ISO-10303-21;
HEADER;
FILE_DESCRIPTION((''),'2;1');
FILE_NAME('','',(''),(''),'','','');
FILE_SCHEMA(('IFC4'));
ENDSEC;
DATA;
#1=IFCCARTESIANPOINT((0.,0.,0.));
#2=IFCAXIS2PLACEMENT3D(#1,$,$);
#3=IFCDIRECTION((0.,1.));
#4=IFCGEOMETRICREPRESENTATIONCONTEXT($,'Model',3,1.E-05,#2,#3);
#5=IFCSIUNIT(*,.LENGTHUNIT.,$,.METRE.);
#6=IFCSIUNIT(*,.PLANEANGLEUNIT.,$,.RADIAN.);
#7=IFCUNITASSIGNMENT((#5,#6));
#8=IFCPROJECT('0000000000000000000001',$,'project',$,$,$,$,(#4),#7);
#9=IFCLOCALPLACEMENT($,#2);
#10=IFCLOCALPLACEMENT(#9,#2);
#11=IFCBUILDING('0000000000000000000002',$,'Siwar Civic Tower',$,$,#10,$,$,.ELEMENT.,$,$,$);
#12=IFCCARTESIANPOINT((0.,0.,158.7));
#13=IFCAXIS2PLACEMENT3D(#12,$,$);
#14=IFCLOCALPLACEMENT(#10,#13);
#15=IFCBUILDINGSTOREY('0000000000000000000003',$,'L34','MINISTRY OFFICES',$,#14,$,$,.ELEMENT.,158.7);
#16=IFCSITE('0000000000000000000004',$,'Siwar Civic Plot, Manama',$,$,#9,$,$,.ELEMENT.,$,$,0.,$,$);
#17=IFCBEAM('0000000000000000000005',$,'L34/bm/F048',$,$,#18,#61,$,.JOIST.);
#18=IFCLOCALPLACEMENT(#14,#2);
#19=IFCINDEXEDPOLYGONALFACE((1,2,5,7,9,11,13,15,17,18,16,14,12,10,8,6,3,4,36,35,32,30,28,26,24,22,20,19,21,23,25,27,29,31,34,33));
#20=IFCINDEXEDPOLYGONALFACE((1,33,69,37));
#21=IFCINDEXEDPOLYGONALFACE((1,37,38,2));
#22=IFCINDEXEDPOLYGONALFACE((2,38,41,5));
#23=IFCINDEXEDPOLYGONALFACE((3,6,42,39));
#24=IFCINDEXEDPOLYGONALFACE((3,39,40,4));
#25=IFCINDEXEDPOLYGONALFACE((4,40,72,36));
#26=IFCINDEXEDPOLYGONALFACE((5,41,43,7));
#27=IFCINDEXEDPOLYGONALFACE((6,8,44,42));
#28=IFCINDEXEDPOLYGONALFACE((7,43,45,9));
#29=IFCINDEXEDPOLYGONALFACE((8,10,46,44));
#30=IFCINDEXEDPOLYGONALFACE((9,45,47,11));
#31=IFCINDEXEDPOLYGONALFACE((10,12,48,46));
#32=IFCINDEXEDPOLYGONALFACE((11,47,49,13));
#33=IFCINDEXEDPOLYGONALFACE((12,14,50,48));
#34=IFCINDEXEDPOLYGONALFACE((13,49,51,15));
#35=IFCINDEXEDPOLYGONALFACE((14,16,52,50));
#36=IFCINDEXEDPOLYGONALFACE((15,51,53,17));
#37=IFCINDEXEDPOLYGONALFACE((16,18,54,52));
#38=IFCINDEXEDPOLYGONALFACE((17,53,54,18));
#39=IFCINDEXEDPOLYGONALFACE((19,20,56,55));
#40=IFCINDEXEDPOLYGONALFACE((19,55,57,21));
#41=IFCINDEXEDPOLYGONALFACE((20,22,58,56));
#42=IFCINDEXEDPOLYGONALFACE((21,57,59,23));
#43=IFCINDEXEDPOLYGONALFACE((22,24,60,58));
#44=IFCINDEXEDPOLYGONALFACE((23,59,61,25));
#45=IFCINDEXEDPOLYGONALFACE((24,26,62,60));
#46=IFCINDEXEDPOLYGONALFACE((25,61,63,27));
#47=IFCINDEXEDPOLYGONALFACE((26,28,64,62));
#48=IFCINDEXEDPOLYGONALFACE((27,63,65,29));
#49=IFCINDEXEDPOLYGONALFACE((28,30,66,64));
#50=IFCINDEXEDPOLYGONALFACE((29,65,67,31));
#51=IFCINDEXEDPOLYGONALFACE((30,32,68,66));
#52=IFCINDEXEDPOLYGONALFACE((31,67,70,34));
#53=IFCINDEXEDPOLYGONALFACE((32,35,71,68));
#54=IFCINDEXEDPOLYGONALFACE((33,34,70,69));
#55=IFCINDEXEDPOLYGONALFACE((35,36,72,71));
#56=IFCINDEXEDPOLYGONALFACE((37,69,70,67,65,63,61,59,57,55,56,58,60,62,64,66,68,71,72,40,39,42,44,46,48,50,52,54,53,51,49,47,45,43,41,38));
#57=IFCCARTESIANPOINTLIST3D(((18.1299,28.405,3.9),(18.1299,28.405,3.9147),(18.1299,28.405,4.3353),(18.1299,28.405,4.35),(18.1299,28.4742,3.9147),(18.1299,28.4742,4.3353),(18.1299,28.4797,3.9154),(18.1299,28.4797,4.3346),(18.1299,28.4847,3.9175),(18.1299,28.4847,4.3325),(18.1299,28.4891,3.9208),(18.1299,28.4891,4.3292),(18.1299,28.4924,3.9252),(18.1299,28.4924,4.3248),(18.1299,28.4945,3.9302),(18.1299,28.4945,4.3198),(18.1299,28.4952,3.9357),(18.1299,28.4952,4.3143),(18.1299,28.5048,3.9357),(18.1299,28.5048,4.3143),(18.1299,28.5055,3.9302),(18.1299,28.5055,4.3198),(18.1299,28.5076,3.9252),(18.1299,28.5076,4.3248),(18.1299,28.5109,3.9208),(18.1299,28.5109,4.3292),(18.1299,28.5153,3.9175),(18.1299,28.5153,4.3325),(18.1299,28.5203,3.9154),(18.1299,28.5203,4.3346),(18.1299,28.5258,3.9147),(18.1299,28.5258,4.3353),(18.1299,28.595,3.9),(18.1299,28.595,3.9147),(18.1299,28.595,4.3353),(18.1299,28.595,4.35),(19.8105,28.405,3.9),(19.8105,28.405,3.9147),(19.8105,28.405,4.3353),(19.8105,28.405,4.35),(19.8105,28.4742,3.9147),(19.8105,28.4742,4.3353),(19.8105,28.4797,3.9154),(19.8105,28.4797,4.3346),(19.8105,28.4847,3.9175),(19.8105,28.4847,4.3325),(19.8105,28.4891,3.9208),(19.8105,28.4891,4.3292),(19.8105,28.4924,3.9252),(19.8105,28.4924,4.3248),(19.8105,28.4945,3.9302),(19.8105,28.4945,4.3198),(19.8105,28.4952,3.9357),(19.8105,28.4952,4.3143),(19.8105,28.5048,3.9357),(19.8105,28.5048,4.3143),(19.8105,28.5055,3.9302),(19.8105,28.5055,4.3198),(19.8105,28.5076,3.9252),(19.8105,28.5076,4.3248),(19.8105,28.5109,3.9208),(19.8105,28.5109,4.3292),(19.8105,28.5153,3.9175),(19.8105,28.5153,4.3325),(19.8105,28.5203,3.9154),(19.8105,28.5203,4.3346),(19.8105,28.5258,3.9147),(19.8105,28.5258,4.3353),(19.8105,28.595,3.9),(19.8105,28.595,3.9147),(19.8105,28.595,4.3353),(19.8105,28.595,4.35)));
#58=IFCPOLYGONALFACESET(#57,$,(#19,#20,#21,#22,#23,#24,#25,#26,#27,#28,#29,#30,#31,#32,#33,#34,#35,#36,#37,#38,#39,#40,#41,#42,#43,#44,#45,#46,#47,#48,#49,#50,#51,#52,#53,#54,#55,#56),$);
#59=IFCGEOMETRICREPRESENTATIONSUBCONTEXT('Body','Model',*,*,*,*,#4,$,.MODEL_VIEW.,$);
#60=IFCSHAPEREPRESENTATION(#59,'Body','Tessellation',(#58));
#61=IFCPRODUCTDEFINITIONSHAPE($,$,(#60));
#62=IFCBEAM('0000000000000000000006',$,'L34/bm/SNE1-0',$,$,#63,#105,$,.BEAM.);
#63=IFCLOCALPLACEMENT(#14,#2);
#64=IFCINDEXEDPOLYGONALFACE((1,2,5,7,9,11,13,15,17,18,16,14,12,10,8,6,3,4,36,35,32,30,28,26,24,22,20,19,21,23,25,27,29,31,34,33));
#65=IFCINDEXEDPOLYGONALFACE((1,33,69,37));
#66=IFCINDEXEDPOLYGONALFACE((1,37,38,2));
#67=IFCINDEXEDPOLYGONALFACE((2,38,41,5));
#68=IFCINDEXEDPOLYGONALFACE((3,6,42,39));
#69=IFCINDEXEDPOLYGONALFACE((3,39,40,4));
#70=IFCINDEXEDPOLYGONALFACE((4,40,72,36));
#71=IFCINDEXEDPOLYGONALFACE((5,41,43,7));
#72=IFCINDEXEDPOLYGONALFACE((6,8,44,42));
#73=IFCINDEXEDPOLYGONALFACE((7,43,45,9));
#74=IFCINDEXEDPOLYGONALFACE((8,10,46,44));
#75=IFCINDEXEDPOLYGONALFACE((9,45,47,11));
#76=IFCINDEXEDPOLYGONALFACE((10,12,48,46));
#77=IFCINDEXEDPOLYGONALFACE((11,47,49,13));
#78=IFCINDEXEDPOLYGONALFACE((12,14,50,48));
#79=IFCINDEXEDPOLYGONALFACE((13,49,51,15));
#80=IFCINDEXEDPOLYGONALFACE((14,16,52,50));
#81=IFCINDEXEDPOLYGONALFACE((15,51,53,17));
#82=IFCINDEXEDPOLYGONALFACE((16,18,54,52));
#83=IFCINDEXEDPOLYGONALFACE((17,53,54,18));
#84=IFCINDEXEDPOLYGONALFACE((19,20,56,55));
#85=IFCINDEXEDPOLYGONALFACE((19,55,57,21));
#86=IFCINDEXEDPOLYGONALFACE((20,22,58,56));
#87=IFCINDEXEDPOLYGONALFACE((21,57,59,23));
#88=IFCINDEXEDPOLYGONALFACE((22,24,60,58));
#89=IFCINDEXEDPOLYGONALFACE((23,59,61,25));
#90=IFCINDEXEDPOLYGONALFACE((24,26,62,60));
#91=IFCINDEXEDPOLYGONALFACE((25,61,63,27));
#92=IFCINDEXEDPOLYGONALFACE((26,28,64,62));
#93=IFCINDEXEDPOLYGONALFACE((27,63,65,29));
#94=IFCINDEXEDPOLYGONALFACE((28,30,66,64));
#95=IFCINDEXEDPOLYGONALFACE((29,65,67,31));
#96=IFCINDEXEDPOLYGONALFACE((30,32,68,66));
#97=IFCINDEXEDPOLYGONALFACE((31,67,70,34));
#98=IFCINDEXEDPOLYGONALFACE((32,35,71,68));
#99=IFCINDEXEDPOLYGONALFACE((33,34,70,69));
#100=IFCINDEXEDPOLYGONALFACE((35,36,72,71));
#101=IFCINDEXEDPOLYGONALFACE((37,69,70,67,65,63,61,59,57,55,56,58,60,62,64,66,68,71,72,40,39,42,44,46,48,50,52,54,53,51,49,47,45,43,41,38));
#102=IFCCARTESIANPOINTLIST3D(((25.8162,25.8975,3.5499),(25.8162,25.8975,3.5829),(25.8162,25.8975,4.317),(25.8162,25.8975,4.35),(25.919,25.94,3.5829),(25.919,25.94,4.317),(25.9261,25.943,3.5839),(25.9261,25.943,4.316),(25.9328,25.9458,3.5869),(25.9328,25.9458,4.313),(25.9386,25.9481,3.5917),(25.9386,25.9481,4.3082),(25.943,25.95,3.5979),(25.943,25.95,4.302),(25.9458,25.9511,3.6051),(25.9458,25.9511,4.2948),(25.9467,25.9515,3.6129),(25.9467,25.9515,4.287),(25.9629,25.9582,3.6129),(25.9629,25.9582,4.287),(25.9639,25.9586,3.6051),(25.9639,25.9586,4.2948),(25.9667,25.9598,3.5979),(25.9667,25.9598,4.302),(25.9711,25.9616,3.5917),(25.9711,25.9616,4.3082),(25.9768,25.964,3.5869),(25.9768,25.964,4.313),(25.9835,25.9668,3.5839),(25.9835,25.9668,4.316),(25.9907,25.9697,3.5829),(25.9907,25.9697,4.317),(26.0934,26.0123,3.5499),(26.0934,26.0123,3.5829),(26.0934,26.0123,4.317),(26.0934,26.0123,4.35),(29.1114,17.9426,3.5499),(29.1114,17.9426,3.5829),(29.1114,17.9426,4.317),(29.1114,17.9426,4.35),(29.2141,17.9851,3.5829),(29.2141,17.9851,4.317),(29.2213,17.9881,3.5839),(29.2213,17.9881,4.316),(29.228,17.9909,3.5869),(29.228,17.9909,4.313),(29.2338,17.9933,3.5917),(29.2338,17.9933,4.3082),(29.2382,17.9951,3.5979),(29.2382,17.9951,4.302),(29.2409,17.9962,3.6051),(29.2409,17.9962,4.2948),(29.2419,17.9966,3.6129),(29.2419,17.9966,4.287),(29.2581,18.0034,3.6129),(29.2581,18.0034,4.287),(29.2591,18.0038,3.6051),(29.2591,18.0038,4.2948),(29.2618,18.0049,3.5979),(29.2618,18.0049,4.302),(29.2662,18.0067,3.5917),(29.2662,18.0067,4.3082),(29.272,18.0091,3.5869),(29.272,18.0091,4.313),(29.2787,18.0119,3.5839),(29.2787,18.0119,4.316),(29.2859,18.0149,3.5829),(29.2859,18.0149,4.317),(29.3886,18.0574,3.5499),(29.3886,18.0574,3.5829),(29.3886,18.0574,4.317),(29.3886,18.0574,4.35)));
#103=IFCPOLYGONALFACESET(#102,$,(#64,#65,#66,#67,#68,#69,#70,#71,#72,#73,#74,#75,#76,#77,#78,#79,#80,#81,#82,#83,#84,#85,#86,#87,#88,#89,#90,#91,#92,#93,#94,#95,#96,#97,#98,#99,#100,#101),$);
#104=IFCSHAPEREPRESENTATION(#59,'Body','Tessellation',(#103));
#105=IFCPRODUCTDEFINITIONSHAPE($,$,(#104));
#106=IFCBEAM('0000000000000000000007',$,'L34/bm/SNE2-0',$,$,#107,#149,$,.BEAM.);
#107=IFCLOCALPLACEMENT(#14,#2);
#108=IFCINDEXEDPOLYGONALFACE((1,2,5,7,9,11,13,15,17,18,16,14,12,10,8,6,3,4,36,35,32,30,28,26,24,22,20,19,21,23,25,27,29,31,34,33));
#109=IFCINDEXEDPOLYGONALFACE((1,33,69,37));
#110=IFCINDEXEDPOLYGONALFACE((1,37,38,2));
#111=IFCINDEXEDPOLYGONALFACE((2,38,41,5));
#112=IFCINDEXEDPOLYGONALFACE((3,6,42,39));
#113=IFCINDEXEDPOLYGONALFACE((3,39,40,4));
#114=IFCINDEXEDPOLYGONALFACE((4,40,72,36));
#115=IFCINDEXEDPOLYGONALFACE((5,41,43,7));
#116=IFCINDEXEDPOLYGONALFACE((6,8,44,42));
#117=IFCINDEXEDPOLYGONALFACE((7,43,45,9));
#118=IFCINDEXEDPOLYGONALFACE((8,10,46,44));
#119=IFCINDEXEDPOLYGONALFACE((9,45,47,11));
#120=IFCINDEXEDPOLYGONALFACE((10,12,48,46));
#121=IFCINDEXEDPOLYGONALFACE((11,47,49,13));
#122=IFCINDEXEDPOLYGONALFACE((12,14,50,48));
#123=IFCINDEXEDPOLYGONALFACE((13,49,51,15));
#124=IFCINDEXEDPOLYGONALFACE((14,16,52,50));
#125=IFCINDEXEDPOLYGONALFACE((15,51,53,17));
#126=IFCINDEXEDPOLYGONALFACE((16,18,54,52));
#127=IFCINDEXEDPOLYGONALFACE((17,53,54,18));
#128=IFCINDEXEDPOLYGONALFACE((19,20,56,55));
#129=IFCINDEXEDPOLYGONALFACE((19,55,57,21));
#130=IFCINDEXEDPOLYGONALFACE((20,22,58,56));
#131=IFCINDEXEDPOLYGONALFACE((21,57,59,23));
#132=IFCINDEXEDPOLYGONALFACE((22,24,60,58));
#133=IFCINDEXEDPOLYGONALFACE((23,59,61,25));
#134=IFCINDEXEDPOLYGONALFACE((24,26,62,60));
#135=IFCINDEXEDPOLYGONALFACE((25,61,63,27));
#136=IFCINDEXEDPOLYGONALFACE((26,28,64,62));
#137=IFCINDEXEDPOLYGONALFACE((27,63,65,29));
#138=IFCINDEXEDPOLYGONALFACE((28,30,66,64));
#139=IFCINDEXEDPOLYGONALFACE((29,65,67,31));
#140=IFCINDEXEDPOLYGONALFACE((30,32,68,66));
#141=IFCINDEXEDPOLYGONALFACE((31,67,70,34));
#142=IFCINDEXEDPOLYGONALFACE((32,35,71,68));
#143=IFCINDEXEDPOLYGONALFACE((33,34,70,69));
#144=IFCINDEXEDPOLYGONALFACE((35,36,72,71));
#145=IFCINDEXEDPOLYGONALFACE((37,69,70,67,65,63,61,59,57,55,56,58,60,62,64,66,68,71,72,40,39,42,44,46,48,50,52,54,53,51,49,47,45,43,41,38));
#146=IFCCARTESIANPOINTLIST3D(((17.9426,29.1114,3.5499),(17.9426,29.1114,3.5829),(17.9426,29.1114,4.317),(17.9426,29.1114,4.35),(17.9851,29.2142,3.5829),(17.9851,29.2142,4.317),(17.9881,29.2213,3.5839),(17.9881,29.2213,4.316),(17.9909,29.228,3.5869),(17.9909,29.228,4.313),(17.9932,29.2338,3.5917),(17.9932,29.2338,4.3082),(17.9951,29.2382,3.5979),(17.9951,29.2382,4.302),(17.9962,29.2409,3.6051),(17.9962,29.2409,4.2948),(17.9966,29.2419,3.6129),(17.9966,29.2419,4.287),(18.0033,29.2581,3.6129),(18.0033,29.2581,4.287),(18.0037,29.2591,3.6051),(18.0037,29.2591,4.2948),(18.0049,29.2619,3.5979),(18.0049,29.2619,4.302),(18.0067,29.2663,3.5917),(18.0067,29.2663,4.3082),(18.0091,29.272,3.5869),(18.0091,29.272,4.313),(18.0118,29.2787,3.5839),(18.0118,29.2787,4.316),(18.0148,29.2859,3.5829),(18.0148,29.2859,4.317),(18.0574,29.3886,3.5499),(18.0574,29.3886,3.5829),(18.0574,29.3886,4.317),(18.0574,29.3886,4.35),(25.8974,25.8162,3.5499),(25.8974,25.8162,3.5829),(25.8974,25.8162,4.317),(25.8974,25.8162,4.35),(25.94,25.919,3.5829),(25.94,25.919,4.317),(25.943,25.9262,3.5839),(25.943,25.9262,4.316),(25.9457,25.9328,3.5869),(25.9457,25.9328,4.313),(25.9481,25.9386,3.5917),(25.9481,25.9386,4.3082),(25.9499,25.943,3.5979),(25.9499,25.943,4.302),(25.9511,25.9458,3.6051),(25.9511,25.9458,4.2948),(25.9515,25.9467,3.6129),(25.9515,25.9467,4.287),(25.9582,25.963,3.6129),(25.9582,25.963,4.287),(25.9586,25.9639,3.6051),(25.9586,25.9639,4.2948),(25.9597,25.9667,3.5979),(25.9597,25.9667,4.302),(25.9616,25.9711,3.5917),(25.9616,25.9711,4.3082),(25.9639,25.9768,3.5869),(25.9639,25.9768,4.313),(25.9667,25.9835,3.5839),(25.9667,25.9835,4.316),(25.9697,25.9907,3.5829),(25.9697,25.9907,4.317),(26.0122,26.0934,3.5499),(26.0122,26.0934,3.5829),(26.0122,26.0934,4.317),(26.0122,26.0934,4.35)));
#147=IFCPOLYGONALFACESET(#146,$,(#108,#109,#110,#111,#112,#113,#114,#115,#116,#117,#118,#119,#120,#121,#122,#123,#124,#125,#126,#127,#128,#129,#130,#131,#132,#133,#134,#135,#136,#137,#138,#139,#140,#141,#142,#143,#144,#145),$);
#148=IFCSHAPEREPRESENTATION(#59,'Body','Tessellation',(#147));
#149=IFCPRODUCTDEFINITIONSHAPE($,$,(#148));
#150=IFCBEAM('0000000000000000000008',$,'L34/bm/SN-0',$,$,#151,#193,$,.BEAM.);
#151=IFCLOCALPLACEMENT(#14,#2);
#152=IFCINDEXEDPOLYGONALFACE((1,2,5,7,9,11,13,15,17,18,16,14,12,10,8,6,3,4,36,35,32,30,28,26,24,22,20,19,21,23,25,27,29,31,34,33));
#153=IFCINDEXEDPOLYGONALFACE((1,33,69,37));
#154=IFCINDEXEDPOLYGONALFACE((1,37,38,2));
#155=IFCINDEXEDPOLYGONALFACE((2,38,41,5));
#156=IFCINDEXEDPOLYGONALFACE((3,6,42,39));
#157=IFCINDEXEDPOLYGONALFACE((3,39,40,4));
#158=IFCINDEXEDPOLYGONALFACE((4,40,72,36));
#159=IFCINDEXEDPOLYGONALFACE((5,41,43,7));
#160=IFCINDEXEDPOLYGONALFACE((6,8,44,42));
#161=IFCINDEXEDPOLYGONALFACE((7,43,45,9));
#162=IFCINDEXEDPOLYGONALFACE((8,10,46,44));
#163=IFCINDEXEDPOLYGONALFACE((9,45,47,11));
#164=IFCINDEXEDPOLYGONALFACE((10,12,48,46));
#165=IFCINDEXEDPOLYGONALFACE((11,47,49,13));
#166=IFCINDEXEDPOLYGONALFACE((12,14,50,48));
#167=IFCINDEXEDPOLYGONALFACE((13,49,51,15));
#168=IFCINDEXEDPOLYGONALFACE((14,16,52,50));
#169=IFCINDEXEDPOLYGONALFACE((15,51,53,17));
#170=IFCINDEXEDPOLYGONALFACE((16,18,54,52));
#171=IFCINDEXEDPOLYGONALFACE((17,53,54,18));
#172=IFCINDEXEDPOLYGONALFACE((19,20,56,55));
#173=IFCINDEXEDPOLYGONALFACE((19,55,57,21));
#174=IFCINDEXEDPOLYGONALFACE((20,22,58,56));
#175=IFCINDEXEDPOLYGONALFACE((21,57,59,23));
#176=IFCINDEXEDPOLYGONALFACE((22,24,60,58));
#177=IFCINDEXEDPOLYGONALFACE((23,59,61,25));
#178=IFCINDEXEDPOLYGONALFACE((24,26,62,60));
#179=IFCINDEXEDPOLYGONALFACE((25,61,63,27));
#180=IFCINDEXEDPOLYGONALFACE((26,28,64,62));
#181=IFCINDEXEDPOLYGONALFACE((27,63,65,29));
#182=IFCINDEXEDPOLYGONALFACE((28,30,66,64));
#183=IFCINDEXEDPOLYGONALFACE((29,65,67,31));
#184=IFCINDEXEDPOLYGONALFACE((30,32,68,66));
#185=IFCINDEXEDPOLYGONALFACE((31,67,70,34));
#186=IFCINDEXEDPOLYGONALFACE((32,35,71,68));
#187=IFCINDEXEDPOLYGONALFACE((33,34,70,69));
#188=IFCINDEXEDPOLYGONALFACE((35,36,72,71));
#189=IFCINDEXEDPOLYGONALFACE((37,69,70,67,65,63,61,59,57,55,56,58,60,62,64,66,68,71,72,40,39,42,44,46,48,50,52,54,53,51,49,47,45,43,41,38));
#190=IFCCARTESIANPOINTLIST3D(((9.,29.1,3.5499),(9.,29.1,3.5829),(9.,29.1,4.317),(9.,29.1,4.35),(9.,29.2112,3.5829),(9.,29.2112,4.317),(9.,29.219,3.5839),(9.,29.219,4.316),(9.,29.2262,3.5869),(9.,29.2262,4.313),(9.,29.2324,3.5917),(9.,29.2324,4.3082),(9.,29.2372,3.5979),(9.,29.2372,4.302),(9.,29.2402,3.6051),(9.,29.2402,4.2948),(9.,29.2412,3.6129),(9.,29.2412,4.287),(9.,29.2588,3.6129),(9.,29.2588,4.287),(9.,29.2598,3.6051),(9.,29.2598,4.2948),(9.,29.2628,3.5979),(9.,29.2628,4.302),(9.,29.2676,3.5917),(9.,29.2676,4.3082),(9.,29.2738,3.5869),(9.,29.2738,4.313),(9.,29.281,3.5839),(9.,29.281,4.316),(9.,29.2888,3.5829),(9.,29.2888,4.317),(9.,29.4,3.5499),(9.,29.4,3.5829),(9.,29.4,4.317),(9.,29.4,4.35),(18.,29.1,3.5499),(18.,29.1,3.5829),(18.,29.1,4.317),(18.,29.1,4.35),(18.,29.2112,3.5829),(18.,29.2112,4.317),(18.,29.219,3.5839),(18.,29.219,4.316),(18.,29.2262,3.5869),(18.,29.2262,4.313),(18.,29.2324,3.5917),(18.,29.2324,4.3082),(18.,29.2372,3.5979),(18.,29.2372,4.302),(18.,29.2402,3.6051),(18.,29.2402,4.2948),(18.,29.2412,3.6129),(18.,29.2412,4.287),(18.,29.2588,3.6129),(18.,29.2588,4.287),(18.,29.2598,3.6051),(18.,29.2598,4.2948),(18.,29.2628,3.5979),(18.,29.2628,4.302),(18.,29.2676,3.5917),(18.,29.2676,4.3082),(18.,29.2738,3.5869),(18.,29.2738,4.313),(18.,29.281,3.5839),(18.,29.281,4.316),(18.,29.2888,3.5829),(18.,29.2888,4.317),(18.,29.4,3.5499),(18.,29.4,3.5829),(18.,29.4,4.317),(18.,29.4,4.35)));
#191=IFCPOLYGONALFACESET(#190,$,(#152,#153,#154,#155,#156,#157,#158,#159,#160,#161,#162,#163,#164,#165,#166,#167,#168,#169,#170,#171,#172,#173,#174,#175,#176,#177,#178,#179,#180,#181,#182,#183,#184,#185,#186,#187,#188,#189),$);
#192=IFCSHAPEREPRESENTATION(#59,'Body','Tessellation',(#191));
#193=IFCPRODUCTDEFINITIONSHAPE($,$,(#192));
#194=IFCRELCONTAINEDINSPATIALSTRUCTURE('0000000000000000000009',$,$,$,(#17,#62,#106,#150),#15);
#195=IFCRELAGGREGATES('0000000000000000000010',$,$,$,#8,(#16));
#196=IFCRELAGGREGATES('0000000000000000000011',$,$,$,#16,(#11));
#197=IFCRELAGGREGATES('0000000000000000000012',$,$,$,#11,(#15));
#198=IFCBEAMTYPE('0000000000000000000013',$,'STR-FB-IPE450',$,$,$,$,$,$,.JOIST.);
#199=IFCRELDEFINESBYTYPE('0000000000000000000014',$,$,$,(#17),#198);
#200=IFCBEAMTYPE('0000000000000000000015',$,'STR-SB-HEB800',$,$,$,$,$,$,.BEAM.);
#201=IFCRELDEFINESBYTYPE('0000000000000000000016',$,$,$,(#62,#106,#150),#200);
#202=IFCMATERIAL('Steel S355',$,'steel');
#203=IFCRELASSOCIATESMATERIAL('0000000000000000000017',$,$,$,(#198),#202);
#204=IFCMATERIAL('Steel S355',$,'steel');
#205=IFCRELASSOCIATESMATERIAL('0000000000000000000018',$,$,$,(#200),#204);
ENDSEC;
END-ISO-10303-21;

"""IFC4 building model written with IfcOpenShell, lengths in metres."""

from ifc_helpers import new_model, si_unit, direction, frame, origin, origin_2d, place, context, subcontext, project, spatial, i_section, extrude, material, material_profile, profile_set, type_object, element, save


model = new_model("IFC4")

# Units and contexts
model_context = context("Model", 3, precision=1e-05, world=origin(), true_north=direction((0.0, 1.0)))
body_context = subcontext(model_context, "Body", "Model", "MODEL_VIEW")
ifc_project = project(units=[si_unit("LENGTHUNIT", "METRE"), si_unit("PLANEANGLEUNIT", "RADIAN")], contexts=[model_context])

# Site, building, storey
site_placement = place(None, origin())
site = spatial("IfcSite", under=ifc_project, at=site_placement, Name="Siwar Civic Plot, Manama", CompositionType="ELEMENT", RefElevation=0.0)
building_placement = place(site_placement, origin())
building = spatial("IfcBuilding", under=site, at=building_placement, Name="Siwar Civic Tower", CompositionType="ELEMENT")
storey_placement = place(building_placement, frame((0.0, 0.0, 158.7)))
storey = spatial("IfcBuildingStorey", under=building, at=storey_placement, Name="L34", Description="MINISTRY OFFICES", CompositionType="ELEMENT", Elevation=158.7)

# Beams
ifc_material_1 = material(Name="Steel S355", Category="steel")
ifc_material_profile_1 = material_profile(ifc_material_1, i_section(OverallWidth=0.1899, OverallDepth=0.45, WebThickness=0.0095, FlangeThickness=0.0146, FilletRadius=0.021, at=origin_2d()), Name="IPE450")
ifc_profile_set_1 = profile_set([ifc_material_profile_1], Name="Steel S355")
beam_type_1 = type_object("IfcBeamType", Name="STR-FB-IPE450", PredefinedType="JOIST", material=ifc_profile_set_1)
beam_1_placement = place(storey_placement, frame((18.1299, 28.5, 4.125), z_axis=(1.0, 0.0, 0.0), x_axis=(0.0, 1.0, 0.0)))
element("IfcBeam", 1, at=beam_1_placement, inside=storey, type_object=beam_type_1, Name="L34/bm/F048", PredefinedType="JOIST", context=body_context, shape_type="SweptSolid", body=[
    extrude(i_section(OverallWidth=0.1899, OverallDepth=0.45, WebThickness=0.0095, FlangeThickness=0.0146, FilletRadius=0.021, at=origin_2d()), origin(), (0.0, 0.0, 1.0), 1.6807),
])
ifc_material_2 = material(Name="Steel S355", Category="steel")
ifc_material_profile_2 = material_profile(ifc_material_2, i_section(OverallWidth=0.3, OverallDepth=0.8, WebThickness=0.0176, FlangeThickness=0.033, FilletRadius=0.03, at=origin_2d()), Name="HEB800")
ifc_profile_set_2 = profile_set([ifc_material_profile_2], Name="Steel S355")
beam_type_2 = type_object("IfcBeamType", Name="STR-SB-HEB800", PredefinedType="BEAM", material=ifc_profile_set_2)
for number, where, z_axis, x_axis, name in (
    (2, (29.25, 18.0, 3.95), (-0.3827, 0.923873, 0.0), (-0.923873, -0.3827, 0.0), "L34/bm/SNE1-0"),
    (3, (25.9548, 25.9548, 3.95), (-0.923873, 0.3827, 0.0), (-0.3827, -0.923873, 0.0), "L34/bm/SNE2-0"),
):
    element("IfcBeam", number, at=place(storey_placement, frame(where, z_axis=z_axis, x_axis=x_axis)), inside=storey, type_object=beam_type_2, Name=name, PredefinedType="BEAM", context=body_context, shape_type="SweptSolid", body=[
        extrude(i_section(OverallWidth=0.3, OverallDepth=0.8, WebThickness=0.0176, FlangeThickness=0.033, FilletRadius=0.03, at=origin_2d()), origin(), (0.0, 0.0, 1.0), 8.6104),
    ])
beam_2_placement = place(storey_placement, frame((18.0, 29.25, 3.95), z_axis=(-1.0, 0.0, 0.0), x_axis=(0.0, -1.0, 0.0)))
element("IfcBeam", 4, at=beam_2_placement, inside=storey, type_object=beam_type_2, Name="L34/bm/SN-0", PredefinedType="BEAM", context=body_context, shape_type="SweptSolid", body=[
    extrude(i_section(OverallWidth=0.3, OverallDepth=0.8, WebThickness=0.0176, FlangeThickness=0.033, FilletRadius=0.03, at=origin_2d()), origin(), (0.0, 0.0, 1.0), 9.0),
])

save(model, "model.ifc")
